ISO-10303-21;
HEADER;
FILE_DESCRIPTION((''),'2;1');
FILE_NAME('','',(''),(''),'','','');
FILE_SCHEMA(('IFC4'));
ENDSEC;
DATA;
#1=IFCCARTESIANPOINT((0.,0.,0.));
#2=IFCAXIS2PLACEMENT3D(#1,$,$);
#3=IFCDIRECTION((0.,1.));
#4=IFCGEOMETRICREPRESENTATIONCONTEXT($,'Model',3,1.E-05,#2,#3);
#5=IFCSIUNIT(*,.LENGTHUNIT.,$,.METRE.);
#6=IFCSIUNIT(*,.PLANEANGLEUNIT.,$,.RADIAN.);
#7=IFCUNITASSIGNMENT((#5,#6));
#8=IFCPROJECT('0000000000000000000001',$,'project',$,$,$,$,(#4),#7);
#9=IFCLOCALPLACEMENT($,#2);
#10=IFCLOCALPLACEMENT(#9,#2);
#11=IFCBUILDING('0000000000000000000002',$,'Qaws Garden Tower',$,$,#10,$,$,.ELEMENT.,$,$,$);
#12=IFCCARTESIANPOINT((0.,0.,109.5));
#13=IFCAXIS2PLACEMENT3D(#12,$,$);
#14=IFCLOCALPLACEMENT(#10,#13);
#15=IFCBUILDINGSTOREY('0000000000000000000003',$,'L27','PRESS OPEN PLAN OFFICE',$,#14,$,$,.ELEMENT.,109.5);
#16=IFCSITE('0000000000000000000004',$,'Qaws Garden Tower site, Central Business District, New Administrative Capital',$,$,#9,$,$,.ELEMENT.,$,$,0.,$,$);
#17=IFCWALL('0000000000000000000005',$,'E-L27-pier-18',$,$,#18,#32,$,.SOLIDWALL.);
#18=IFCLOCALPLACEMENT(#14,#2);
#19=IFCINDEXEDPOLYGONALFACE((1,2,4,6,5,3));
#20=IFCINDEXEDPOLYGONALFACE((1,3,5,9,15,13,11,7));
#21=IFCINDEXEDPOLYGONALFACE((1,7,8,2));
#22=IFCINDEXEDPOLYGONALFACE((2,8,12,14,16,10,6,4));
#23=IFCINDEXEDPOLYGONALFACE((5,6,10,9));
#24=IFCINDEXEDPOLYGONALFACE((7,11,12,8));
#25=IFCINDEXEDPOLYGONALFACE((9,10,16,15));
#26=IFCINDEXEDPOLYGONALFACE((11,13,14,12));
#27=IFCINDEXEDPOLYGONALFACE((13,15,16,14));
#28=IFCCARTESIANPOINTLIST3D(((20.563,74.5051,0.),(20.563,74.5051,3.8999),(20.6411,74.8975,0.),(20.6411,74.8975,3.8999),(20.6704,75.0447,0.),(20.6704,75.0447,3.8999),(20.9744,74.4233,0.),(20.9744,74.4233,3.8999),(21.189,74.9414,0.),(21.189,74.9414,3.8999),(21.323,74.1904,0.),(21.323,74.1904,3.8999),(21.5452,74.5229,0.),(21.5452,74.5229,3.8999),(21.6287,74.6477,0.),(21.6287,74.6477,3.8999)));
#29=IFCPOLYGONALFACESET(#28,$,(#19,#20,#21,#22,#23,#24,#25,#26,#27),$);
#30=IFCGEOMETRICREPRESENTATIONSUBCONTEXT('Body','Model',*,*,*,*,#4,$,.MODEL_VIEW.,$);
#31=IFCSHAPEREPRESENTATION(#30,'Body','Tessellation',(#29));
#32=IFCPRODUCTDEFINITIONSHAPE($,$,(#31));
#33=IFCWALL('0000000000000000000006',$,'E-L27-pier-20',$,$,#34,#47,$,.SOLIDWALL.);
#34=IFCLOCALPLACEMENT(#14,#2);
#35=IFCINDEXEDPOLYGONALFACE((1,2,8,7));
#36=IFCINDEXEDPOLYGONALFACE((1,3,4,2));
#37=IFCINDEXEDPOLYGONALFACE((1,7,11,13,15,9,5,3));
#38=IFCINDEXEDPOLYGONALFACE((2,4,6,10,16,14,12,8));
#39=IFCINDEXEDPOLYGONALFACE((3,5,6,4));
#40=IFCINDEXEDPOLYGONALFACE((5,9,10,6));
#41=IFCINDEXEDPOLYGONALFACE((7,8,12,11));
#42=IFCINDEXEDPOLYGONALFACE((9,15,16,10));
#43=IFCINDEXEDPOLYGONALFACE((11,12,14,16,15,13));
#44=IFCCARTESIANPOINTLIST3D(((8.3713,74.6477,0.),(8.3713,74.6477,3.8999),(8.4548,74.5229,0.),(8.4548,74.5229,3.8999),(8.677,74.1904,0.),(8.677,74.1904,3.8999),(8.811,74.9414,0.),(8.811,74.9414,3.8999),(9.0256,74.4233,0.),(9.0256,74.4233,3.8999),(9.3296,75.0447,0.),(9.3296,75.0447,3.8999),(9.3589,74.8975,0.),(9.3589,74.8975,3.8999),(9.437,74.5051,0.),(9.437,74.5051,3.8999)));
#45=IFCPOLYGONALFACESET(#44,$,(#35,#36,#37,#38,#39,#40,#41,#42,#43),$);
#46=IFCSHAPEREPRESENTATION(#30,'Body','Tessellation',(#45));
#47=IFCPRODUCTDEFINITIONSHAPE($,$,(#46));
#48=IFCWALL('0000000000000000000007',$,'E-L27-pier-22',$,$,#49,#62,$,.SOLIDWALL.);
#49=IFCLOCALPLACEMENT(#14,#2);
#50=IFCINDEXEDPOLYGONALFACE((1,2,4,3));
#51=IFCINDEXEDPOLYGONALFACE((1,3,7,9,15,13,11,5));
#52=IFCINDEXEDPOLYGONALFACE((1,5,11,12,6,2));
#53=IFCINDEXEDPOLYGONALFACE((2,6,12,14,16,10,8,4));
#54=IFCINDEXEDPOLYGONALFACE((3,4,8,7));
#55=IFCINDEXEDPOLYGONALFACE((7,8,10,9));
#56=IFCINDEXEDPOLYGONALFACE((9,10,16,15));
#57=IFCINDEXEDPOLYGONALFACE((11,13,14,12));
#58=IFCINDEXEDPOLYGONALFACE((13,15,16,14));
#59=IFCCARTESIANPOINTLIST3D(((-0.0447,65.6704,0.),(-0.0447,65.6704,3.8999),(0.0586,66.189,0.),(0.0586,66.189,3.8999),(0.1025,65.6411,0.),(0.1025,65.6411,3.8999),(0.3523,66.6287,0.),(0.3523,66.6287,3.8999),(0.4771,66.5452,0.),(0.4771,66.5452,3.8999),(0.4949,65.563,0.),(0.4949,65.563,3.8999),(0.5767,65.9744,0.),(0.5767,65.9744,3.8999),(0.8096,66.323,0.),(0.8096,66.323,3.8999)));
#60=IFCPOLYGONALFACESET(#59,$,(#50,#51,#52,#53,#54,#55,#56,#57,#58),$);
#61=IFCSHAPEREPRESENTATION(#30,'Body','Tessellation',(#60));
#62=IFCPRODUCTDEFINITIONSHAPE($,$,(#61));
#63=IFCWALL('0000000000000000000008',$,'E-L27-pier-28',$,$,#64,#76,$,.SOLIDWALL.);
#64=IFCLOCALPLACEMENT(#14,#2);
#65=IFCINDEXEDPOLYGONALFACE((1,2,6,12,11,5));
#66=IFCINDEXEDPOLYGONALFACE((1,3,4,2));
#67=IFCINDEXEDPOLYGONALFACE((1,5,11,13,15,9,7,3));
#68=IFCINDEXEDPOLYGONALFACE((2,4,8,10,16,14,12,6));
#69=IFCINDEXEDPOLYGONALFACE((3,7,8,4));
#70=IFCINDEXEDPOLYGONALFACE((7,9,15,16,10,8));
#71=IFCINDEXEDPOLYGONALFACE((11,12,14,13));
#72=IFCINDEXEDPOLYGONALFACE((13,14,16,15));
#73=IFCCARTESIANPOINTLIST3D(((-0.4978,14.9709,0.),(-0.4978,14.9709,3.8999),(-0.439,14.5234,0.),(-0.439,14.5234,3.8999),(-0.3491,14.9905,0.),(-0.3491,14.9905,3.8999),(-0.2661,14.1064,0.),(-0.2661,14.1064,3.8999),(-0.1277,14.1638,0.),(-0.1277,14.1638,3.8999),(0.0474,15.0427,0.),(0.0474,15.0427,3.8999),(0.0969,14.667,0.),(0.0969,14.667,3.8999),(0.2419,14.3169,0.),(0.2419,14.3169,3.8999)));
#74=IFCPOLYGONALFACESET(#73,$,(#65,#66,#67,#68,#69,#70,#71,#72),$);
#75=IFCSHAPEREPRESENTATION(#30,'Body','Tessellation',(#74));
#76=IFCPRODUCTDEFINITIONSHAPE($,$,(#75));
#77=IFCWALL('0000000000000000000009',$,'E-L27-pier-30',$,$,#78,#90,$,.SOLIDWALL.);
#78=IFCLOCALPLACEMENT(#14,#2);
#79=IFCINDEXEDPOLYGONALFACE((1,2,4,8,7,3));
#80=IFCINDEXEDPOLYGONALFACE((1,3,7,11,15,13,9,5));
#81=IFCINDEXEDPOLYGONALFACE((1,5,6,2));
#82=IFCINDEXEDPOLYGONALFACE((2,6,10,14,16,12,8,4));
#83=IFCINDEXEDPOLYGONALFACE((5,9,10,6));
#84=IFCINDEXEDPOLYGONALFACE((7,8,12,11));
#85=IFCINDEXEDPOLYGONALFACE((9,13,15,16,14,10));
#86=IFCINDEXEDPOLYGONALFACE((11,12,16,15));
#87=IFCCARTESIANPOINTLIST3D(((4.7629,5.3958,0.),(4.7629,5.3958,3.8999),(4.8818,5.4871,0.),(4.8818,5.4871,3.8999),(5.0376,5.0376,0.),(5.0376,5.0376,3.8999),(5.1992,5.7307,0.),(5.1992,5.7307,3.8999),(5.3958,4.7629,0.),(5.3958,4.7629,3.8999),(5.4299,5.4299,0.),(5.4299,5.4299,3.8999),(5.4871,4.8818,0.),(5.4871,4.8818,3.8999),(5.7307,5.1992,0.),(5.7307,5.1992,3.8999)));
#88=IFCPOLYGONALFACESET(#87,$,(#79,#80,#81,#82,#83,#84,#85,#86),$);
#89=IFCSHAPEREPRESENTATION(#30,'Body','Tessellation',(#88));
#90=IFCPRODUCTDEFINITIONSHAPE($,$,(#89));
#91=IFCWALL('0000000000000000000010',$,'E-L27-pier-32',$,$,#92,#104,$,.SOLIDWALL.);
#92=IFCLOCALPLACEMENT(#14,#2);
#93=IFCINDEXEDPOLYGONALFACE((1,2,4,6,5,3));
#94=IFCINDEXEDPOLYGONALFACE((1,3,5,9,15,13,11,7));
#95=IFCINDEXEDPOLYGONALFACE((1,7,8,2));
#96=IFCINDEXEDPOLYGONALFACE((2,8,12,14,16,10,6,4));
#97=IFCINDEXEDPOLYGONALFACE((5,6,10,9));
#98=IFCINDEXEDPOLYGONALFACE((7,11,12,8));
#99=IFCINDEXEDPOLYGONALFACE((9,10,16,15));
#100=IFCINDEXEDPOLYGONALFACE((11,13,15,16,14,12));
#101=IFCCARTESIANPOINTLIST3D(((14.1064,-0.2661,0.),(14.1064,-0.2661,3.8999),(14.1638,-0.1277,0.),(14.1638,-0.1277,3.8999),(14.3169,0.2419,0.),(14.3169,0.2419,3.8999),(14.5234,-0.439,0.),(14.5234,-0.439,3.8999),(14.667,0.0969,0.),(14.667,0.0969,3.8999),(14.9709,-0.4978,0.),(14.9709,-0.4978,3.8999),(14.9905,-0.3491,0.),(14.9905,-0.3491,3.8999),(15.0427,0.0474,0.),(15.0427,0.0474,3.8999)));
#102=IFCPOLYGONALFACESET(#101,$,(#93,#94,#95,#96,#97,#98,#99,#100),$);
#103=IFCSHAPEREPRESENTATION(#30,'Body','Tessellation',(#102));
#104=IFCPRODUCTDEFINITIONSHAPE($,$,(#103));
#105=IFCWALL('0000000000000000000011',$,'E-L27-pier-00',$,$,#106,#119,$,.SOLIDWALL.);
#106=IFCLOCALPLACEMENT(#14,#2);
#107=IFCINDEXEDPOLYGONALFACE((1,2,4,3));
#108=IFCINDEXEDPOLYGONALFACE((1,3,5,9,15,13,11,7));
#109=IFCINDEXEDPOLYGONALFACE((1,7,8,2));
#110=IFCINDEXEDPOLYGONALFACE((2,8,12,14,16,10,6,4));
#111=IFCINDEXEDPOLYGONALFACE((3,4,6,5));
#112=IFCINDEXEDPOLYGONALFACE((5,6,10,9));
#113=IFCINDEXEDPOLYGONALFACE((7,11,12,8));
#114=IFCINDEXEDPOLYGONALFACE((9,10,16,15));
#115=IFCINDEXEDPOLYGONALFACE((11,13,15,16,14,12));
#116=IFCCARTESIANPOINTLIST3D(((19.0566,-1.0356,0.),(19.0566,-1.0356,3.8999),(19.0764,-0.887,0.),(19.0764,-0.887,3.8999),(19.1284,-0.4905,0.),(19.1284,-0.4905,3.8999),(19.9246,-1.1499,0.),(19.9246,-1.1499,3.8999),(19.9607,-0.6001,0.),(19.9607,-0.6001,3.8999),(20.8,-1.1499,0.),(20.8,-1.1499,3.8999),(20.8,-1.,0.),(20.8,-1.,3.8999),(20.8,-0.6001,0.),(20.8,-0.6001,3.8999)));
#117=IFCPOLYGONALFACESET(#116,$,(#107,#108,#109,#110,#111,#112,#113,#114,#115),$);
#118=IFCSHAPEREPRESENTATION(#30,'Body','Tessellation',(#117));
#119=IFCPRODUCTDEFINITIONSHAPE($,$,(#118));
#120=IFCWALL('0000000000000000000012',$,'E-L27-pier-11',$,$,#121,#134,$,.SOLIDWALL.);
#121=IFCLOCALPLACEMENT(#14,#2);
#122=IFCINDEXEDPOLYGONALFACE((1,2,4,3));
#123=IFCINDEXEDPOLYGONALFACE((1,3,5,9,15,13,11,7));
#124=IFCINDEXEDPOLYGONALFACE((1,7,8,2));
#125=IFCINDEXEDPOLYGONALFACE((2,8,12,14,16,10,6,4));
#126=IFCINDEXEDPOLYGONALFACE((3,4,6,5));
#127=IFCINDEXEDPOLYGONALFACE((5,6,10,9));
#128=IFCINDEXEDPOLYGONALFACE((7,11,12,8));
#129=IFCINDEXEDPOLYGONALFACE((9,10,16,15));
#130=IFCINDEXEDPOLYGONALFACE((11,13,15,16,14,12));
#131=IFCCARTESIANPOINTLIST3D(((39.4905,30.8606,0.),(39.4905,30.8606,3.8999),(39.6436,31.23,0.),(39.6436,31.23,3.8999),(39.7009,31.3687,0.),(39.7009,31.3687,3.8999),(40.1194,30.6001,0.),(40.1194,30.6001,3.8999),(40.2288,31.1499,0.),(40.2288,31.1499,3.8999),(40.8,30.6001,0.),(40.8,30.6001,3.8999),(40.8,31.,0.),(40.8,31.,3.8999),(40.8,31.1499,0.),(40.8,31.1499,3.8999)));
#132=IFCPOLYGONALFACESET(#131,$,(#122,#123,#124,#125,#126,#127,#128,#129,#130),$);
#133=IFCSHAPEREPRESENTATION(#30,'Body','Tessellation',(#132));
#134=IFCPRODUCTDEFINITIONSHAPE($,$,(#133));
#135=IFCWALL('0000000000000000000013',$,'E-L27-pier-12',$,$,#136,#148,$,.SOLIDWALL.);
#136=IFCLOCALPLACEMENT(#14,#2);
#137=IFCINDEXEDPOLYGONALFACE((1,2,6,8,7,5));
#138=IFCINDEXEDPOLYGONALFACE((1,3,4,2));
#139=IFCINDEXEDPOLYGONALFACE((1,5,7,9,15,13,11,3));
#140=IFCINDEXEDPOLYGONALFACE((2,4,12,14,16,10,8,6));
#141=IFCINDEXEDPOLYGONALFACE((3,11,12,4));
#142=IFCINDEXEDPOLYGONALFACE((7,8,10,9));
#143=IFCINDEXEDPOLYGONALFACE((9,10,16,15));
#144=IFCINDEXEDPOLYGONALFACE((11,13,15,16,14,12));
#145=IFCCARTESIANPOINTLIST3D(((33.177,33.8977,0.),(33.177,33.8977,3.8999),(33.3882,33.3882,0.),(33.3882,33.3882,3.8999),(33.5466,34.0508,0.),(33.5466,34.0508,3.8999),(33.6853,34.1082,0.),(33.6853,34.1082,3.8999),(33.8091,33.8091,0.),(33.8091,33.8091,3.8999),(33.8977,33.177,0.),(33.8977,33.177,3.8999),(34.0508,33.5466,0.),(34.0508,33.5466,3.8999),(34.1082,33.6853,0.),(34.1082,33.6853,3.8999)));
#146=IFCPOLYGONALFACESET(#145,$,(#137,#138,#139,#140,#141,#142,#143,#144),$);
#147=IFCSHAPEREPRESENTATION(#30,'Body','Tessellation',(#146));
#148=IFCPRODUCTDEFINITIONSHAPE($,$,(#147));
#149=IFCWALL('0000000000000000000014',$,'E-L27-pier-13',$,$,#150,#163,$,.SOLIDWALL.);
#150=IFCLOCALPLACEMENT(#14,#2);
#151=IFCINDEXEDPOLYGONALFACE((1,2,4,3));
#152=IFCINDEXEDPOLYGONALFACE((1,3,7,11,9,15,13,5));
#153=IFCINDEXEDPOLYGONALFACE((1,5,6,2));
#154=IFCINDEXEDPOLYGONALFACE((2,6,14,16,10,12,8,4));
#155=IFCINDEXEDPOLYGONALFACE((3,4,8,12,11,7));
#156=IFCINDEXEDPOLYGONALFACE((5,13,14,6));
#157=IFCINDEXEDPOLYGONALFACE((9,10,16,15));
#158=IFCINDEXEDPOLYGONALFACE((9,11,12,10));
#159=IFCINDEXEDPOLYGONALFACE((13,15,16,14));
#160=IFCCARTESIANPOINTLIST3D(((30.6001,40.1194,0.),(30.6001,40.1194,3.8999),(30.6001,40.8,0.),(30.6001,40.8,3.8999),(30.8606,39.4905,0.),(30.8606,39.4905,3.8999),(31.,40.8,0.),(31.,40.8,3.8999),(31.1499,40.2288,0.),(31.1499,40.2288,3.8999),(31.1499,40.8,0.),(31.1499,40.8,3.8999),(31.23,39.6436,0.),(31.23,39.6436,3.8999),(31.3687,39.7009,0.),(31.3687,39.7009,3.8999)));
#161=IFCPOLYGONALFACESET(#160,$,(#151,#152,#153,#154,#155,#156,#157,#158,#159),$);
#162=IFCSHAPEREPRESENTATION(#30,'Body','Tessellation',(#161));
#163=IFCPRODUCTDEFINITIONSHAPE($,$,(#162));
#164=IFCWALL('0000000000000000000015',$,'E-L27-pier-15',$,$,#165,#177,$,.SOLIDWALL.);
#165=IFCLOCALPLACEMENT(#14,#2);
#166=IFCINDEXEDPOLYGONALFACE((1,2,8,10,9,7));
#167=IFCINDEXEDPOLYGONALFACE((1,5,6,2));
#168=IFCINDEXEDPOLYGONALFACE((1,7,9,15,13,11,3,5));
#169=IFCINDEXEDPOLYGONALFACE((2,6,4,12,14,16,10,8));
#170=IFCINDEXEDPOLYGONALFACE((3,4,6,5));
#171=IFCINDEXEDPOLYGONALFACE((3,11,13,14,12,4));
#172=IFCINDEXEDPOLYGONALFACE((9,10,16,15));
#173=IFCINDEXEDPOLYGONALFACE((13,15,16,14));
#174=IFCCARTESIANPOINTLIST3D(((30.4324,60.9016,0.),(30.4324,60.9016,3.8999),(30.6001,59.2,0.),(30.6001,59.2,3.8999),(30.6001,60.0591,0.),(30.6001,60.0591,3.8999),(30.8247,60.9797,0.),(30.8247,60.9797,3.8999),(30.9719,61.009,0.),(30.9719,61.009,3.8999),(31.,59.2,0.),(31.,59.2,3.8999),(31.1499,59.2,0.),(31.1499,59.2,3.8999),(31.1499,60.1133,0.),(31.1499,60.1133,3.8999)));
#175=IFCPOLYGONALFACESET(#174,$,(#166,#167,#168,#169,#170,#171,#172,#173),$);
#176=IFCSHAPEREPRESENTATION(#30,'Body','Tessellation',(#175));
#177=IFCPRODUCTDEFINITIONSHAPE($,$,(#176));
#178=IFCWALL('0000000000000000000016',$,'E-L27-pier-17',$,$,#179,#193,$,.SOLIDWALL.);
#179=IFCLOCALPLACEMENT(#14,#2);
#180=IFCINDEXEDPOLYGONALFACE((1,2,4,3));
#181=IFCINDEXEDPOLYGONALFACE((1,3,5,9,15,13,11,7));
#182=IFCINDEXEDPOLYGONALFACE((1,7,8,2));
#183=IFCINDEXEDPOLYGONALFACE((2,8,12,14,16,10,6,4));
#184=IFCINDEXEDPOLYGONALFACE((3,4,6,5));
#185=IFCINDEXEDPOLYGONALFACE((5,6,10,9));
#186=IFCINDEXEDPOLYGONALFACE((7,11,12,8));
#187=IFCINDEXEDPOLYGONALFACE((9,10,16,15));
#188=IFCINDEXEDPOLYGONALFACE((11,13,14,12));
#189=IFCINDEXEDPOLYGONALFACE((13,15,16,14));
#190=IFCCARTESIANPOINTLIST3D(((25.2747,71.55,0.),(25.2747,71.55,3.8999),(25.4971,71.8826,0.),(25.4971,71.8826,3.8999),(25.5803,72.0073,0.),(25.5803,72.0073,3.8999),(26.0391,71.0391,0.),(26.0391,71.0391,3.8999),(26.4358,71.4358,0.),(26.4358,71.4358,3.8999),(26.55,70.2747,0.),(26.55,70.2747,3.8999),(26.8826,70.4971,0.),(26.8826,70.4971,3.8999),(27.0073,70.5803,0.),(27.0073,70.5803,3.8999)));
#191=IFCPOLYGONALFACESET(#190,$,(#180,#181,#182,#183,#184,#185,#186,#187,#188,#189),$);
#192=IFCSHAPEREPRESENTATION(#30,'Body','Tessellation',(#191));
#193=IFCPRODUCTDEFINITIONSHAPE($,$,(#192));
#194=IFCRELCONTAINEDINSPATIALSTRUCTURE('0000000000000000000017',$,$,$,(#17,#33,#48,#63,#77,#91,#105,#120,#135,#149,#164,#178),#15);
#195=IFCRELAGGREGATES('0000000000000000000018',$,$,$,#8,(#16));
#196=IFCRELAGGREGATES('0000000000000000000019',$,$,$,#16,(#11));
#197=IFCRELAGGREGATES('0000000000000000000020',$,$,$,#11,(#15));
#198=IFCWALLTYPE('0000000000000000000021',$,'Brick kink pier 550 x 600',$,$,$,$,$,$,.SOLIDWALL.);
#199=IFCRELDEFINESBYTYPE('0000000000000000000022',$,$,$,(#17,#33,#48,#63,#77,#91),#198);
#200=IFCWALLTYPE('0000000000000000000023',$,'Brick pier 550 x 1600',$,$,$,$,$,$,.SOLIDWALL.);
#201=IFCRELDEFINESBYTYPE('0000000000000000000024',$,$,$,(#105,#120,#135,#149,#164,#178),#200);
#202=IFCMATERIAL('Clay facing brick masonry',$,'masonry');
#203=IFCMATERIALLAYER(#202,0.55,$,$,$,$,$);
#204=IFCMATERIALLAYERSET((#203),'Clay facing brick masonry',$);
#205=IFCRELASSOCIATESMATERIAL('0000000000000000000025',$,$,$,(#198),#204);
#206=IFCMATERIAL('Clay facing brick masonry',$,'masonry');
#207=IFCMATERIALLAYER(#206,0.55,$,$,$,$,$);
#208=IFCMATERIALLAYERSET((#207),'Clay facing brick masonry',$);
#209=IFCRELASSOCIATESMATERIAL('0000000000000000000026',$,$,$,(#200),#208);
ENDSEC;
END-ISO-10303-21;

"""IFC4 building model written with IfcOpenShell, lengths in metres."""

from ifc_helpers import new_model, si_unit, direction, frame, origin, place, context, subcontext, project, spatial, polyline, outline, extrude, material, layer, layer_set, type_object, element, save


model = new_model("IFC4")

# Units and contexts
model_context = context("Model", 3, precision=1e-05, world=origin(), true_north=direction((0.0, 1.0)))
body_context = subcontext(model_context, "Body", "Model", "MODEL_VIEW")
ifc_project = project(units=[si_unit("LENGTHUNIT", "METRE"), si_unit("PLANEANGLEUNIT", "RADIAN")], contexts=[model_context])

# Site, building, storey
site_placement = place(None, origin())
site = spatial("IfcSite", under=ifc_project, at=site_placement, Name="Qaws Garden Tower site, Central Business District, New Administrative Capital", CompositionType="ELEMENT", RefElevation=0.0)
building_placement = place(site_placement, origin())
building = spatial("IfcBuilding", under=site, at=building_placement, Name="Qaws Garden Tower", CompositionType="ELEMENT")
storey_placement = place(building_placement, frame((0.0, 0.0, 109.5)))
storey = spatial("IfcBuildingStorey", under=building, at=storey_placement, Name="L27", Description="PRESS OPEN PLAN OFFICE", CompositionType="ELEMENT", Elevation=109.5)

# Walls
placement = place(storey_placement, origin())
ifc_material_1 = material(Name="Clay facing brick masonry", Category="masonry")
ifc_layer_1 = layer(ifc_material_1, 0.55)
ifc_layer_set_1 = layer_set([ifc_layer_1], Name="Clay facing brick masonry")
wall_type_1 = type_object("IfcWallType", Name="Brick kink pier 550 x 600", PredefinedType="SOLIDWALL", material=ifc_layer_set_1)
element("IfcWall", 1, at=placement, inside=storey, type_object=wall_type_1, Name="E-L27-pier-18", PredefinedType="SOLIDWALL", context=body_context, shape_type="SweptSolid", body=[
    extrude(outline(polyline([(21.5452, 74.5229), (21.6287, 74.6477), (21.189, 74.9414), (20.6704, 75.0447), (20.6411, 74.8975), (20.563, 74.5051), (20.9744, 74.4233), (21.323, 74.1904), (21.5452, 74.5229)])), origin(), (0.0, 0.0, 1.0), 3.8999),
])
element("IfcWall", 2, at=placement, inside=storey, type_object=wall_type_1, Name="E-L27-pier-20", PredefinedType="SOLIDWALL", context=body_context, shape_type="SweptSolid", body=[
    extrude(outline(polyline([(9.3589, 74.8975), (9.3296, 75.0447), (8.811, 74.9414), (8.3713, 74.6477), (8.4548, 74.5229), (8.677, 74.1904), (9.0256, 74.4233), (9.437, 74.5051), (9.3589, 74.8975)])), origin(), (0.0, 0.0, 1.0), 3.8999),
])
element("IfcWall", 3, at=placement, inside=storey, type_object=wall_type_1, Name="E-L27-pier-22", PredefinedType="SOLIDWALL", context=body_context, shape_type="SweptSolid", body=[
    extrude(outline(polyline([(0.4771, 66.5452), (0.3523, 66.6287), (0.0586, 66.189), (-0.0447, 65.6704), (0.1025, 65.6411), (0.4949, 65.563), (0.5767, 65.9744), (0.8096, 66.323), (0.4771, 66.5452)])), origin(), (0.0, 0.0, 1.0), 3.8999),
])
element("IfcWall", 4, at=placement, inside=storey, type_object=wall_type_1, Name="E-L27-pier-28", PredefinedType="SOLIDWALL", context=body_context, shape_type="SweptSolid", body=[
    extrude(outline(polyline([(-0.3491, 14.9905), (-0.4978, 14.9709), (-0.439, 14.5234), (-0.2661, 14.1064), (-0.1277, 14.1638), (0.2419, 14.3169), (0.0969, 14.667), (0.0474, 15.0427), (-0.3491, 14.9905)])), origin(), (0.0, 0.0, 1.0), 3.8999),
])
element("IfcWall", 5, at=placement, inside=storey, type_object=wall_type_1, Name="E-L27-pier-30", PredefinedType="SOLIDWALL", context=body_context, shape_type="SweptSolid", body=[
    extrude(outline(polyline([(4.8818, 5.4871), (4.7629, 5.3958), (5.0376, 5.0376), (5.3958, 4.7629), (5.4871, 4.8818), (5.7307, 5.1992), (5.4299, 5.4299), (5.1992, 5.7307), (4.8818, 5.4871)])), origin(), (0.0, 0.0, 1.0), 3.8999),
])
element("IfcWall", 6, at=placement, inside=storey, type_object=wall_type_1, Name="E-L27-pier-32", PredefinedType="SOLIDWALL", context=body_context, shape_type="SweptSolid", body=[
    extrude(outline(polyline([(14.1638, -0.1277), (14.1064, -0.2661), (14.5234, -0.439), (14.9709, -0.4978), (14.9905, -0.3491), (15.0427, 0.0474), (14.667, 0.0969), (14.3169, 0.2419), (14.1638, -0.1277)])), origin(), (0.0, 0.0, 1.0), 3.8999),
])
ifc_material_2 = material(Name="Clay facing brick masonry", Category="masonry")
ifc_layer_2 = layer(ifc_material_2, 0.55)
ifc_layer_set_2 = layer_set([ifc_layer_2], Name="Clay facing brick masonry")
wall_type_2 = type_object("IfcWallType", Name="Brick pier 550 x 1600", PredefinedType="SOLIDWALL", material=ifc_layer_set_2)
element("IfcWall", 7, at=placement, inside=storey, type_object=wall_type_2, Name="E-L27-pier-00", PredefinedType="SOLIDWALL", context=body_context, shape_type="SweptSolid", body=[
    extrude(outline(polyline([(19.0764, -0.887), (19.0566, -1.0356), (19.9246, -1.1499), (20.8, -1.1499), (20.8, -1.0), (20.8, -0.6001), (19.9607, -0.6001), (19.1284, -0.4905), (19.0764, -0.887)])), origin(), (0.0, 0.0, 1.0), 3.8999),
])
element("IfcWall", 8, at=placement, inside=storey, type_object=wall_type_2, Name="E-L27-pier-11", PredefinedType="SOLIDWALL", context=body_context, shape_type="SweptSolid", body=[
    extrude(outline(polyline([(40.8, 31.0), (40.8, 31.1499), (40.2288, 31.1499), (39.7009, 31.3687), (39.6436, 31.23), (39.4905, 30.8606), (40.1194, 30.6001), (40.8, 30.6001), (40.8, 31.0)])), origin(), (0.0, 0.0, 1.0), 3.8999),
])
element("IfcWall", 9, at=placement, inside=storey, type_object=wall_type_2, Name="E-L27-pier-12", PredefinedType="SOLIDWALL", context=body_context, shape_type="SweptSolid", body=[
    extrude(outline(polyline([(34.0508, 33.5466), (34.1082, 33.6853), (33.8091, 33.8091), (33.6853, 34.1082), (33.5466, 34.0508), (33.177, 33.8977), (33.3882, 33.3882), (33.8977, 33.177), (34.0508, 33.5466)])), origin(), (0.0, 0.0, 1.0), 3.8999),
])
element("IfcWall", 10, at=placement, inside=storey, type_object=wall_type_2, Name="E-L27-pier-13", PredefinedType="SOLIDWALL", context=body_context, shape_type="SweptSolid", body=[
    extrude(outline(polyline([(31.23, 39.6436), (31.3687, 39.7009), (31.1499, 40.2288), (31.1499, 40.8), (31.0, 40.8), (30.6001, 40.8), (30.6001, 40.1194), (30.8606, 39.4905), (31.23, 39.6436)])), origin(), (0.0, 0.0, 1.0), 3.8999),
])
element("IfcWall", 11, at=placement, inside=storey, type_object=wall_type_2, Name="E-L27-pier-15", PredefinedType="SOLIDWALL", context=body_context, shape_type="SweptSolid", body=[
    extrude(outline(polyline([(31.0, 59.2), (31.1499, 59.2), (31.1499, 60.1133), (30.9719, 61.009), (30.8247, 60.9797), (30.4324, 60.9016), (30.6001, 60.0591), (30.6001, 59.2), (31.0, 59.2)])), origin(), (0.0, 0.0, 1.0), 3.8999),
])
element("IfcWall", 12, at=placement, inside=storey, type_object=wall_type_2, Name="E-L27-pier-17", PredefinedType="SOLIDWALL", context=body_context, shape_type="SweptSolid", body=[
    extrude(outline(polyline([(26.8826, 70.4971), (27.0073, 70.5803), (26.4358, 71.4358), (25.5803, 72.0073), (25.4971, 71.8826), (25.2747, 71.55), (26.0391, 71.0391), (26.55, 70.2747), (26.8826, 70.4971)])), origin(), (0.0, 0.0, 1.0), 3.8999),
])

save(model, "model.ifc")
